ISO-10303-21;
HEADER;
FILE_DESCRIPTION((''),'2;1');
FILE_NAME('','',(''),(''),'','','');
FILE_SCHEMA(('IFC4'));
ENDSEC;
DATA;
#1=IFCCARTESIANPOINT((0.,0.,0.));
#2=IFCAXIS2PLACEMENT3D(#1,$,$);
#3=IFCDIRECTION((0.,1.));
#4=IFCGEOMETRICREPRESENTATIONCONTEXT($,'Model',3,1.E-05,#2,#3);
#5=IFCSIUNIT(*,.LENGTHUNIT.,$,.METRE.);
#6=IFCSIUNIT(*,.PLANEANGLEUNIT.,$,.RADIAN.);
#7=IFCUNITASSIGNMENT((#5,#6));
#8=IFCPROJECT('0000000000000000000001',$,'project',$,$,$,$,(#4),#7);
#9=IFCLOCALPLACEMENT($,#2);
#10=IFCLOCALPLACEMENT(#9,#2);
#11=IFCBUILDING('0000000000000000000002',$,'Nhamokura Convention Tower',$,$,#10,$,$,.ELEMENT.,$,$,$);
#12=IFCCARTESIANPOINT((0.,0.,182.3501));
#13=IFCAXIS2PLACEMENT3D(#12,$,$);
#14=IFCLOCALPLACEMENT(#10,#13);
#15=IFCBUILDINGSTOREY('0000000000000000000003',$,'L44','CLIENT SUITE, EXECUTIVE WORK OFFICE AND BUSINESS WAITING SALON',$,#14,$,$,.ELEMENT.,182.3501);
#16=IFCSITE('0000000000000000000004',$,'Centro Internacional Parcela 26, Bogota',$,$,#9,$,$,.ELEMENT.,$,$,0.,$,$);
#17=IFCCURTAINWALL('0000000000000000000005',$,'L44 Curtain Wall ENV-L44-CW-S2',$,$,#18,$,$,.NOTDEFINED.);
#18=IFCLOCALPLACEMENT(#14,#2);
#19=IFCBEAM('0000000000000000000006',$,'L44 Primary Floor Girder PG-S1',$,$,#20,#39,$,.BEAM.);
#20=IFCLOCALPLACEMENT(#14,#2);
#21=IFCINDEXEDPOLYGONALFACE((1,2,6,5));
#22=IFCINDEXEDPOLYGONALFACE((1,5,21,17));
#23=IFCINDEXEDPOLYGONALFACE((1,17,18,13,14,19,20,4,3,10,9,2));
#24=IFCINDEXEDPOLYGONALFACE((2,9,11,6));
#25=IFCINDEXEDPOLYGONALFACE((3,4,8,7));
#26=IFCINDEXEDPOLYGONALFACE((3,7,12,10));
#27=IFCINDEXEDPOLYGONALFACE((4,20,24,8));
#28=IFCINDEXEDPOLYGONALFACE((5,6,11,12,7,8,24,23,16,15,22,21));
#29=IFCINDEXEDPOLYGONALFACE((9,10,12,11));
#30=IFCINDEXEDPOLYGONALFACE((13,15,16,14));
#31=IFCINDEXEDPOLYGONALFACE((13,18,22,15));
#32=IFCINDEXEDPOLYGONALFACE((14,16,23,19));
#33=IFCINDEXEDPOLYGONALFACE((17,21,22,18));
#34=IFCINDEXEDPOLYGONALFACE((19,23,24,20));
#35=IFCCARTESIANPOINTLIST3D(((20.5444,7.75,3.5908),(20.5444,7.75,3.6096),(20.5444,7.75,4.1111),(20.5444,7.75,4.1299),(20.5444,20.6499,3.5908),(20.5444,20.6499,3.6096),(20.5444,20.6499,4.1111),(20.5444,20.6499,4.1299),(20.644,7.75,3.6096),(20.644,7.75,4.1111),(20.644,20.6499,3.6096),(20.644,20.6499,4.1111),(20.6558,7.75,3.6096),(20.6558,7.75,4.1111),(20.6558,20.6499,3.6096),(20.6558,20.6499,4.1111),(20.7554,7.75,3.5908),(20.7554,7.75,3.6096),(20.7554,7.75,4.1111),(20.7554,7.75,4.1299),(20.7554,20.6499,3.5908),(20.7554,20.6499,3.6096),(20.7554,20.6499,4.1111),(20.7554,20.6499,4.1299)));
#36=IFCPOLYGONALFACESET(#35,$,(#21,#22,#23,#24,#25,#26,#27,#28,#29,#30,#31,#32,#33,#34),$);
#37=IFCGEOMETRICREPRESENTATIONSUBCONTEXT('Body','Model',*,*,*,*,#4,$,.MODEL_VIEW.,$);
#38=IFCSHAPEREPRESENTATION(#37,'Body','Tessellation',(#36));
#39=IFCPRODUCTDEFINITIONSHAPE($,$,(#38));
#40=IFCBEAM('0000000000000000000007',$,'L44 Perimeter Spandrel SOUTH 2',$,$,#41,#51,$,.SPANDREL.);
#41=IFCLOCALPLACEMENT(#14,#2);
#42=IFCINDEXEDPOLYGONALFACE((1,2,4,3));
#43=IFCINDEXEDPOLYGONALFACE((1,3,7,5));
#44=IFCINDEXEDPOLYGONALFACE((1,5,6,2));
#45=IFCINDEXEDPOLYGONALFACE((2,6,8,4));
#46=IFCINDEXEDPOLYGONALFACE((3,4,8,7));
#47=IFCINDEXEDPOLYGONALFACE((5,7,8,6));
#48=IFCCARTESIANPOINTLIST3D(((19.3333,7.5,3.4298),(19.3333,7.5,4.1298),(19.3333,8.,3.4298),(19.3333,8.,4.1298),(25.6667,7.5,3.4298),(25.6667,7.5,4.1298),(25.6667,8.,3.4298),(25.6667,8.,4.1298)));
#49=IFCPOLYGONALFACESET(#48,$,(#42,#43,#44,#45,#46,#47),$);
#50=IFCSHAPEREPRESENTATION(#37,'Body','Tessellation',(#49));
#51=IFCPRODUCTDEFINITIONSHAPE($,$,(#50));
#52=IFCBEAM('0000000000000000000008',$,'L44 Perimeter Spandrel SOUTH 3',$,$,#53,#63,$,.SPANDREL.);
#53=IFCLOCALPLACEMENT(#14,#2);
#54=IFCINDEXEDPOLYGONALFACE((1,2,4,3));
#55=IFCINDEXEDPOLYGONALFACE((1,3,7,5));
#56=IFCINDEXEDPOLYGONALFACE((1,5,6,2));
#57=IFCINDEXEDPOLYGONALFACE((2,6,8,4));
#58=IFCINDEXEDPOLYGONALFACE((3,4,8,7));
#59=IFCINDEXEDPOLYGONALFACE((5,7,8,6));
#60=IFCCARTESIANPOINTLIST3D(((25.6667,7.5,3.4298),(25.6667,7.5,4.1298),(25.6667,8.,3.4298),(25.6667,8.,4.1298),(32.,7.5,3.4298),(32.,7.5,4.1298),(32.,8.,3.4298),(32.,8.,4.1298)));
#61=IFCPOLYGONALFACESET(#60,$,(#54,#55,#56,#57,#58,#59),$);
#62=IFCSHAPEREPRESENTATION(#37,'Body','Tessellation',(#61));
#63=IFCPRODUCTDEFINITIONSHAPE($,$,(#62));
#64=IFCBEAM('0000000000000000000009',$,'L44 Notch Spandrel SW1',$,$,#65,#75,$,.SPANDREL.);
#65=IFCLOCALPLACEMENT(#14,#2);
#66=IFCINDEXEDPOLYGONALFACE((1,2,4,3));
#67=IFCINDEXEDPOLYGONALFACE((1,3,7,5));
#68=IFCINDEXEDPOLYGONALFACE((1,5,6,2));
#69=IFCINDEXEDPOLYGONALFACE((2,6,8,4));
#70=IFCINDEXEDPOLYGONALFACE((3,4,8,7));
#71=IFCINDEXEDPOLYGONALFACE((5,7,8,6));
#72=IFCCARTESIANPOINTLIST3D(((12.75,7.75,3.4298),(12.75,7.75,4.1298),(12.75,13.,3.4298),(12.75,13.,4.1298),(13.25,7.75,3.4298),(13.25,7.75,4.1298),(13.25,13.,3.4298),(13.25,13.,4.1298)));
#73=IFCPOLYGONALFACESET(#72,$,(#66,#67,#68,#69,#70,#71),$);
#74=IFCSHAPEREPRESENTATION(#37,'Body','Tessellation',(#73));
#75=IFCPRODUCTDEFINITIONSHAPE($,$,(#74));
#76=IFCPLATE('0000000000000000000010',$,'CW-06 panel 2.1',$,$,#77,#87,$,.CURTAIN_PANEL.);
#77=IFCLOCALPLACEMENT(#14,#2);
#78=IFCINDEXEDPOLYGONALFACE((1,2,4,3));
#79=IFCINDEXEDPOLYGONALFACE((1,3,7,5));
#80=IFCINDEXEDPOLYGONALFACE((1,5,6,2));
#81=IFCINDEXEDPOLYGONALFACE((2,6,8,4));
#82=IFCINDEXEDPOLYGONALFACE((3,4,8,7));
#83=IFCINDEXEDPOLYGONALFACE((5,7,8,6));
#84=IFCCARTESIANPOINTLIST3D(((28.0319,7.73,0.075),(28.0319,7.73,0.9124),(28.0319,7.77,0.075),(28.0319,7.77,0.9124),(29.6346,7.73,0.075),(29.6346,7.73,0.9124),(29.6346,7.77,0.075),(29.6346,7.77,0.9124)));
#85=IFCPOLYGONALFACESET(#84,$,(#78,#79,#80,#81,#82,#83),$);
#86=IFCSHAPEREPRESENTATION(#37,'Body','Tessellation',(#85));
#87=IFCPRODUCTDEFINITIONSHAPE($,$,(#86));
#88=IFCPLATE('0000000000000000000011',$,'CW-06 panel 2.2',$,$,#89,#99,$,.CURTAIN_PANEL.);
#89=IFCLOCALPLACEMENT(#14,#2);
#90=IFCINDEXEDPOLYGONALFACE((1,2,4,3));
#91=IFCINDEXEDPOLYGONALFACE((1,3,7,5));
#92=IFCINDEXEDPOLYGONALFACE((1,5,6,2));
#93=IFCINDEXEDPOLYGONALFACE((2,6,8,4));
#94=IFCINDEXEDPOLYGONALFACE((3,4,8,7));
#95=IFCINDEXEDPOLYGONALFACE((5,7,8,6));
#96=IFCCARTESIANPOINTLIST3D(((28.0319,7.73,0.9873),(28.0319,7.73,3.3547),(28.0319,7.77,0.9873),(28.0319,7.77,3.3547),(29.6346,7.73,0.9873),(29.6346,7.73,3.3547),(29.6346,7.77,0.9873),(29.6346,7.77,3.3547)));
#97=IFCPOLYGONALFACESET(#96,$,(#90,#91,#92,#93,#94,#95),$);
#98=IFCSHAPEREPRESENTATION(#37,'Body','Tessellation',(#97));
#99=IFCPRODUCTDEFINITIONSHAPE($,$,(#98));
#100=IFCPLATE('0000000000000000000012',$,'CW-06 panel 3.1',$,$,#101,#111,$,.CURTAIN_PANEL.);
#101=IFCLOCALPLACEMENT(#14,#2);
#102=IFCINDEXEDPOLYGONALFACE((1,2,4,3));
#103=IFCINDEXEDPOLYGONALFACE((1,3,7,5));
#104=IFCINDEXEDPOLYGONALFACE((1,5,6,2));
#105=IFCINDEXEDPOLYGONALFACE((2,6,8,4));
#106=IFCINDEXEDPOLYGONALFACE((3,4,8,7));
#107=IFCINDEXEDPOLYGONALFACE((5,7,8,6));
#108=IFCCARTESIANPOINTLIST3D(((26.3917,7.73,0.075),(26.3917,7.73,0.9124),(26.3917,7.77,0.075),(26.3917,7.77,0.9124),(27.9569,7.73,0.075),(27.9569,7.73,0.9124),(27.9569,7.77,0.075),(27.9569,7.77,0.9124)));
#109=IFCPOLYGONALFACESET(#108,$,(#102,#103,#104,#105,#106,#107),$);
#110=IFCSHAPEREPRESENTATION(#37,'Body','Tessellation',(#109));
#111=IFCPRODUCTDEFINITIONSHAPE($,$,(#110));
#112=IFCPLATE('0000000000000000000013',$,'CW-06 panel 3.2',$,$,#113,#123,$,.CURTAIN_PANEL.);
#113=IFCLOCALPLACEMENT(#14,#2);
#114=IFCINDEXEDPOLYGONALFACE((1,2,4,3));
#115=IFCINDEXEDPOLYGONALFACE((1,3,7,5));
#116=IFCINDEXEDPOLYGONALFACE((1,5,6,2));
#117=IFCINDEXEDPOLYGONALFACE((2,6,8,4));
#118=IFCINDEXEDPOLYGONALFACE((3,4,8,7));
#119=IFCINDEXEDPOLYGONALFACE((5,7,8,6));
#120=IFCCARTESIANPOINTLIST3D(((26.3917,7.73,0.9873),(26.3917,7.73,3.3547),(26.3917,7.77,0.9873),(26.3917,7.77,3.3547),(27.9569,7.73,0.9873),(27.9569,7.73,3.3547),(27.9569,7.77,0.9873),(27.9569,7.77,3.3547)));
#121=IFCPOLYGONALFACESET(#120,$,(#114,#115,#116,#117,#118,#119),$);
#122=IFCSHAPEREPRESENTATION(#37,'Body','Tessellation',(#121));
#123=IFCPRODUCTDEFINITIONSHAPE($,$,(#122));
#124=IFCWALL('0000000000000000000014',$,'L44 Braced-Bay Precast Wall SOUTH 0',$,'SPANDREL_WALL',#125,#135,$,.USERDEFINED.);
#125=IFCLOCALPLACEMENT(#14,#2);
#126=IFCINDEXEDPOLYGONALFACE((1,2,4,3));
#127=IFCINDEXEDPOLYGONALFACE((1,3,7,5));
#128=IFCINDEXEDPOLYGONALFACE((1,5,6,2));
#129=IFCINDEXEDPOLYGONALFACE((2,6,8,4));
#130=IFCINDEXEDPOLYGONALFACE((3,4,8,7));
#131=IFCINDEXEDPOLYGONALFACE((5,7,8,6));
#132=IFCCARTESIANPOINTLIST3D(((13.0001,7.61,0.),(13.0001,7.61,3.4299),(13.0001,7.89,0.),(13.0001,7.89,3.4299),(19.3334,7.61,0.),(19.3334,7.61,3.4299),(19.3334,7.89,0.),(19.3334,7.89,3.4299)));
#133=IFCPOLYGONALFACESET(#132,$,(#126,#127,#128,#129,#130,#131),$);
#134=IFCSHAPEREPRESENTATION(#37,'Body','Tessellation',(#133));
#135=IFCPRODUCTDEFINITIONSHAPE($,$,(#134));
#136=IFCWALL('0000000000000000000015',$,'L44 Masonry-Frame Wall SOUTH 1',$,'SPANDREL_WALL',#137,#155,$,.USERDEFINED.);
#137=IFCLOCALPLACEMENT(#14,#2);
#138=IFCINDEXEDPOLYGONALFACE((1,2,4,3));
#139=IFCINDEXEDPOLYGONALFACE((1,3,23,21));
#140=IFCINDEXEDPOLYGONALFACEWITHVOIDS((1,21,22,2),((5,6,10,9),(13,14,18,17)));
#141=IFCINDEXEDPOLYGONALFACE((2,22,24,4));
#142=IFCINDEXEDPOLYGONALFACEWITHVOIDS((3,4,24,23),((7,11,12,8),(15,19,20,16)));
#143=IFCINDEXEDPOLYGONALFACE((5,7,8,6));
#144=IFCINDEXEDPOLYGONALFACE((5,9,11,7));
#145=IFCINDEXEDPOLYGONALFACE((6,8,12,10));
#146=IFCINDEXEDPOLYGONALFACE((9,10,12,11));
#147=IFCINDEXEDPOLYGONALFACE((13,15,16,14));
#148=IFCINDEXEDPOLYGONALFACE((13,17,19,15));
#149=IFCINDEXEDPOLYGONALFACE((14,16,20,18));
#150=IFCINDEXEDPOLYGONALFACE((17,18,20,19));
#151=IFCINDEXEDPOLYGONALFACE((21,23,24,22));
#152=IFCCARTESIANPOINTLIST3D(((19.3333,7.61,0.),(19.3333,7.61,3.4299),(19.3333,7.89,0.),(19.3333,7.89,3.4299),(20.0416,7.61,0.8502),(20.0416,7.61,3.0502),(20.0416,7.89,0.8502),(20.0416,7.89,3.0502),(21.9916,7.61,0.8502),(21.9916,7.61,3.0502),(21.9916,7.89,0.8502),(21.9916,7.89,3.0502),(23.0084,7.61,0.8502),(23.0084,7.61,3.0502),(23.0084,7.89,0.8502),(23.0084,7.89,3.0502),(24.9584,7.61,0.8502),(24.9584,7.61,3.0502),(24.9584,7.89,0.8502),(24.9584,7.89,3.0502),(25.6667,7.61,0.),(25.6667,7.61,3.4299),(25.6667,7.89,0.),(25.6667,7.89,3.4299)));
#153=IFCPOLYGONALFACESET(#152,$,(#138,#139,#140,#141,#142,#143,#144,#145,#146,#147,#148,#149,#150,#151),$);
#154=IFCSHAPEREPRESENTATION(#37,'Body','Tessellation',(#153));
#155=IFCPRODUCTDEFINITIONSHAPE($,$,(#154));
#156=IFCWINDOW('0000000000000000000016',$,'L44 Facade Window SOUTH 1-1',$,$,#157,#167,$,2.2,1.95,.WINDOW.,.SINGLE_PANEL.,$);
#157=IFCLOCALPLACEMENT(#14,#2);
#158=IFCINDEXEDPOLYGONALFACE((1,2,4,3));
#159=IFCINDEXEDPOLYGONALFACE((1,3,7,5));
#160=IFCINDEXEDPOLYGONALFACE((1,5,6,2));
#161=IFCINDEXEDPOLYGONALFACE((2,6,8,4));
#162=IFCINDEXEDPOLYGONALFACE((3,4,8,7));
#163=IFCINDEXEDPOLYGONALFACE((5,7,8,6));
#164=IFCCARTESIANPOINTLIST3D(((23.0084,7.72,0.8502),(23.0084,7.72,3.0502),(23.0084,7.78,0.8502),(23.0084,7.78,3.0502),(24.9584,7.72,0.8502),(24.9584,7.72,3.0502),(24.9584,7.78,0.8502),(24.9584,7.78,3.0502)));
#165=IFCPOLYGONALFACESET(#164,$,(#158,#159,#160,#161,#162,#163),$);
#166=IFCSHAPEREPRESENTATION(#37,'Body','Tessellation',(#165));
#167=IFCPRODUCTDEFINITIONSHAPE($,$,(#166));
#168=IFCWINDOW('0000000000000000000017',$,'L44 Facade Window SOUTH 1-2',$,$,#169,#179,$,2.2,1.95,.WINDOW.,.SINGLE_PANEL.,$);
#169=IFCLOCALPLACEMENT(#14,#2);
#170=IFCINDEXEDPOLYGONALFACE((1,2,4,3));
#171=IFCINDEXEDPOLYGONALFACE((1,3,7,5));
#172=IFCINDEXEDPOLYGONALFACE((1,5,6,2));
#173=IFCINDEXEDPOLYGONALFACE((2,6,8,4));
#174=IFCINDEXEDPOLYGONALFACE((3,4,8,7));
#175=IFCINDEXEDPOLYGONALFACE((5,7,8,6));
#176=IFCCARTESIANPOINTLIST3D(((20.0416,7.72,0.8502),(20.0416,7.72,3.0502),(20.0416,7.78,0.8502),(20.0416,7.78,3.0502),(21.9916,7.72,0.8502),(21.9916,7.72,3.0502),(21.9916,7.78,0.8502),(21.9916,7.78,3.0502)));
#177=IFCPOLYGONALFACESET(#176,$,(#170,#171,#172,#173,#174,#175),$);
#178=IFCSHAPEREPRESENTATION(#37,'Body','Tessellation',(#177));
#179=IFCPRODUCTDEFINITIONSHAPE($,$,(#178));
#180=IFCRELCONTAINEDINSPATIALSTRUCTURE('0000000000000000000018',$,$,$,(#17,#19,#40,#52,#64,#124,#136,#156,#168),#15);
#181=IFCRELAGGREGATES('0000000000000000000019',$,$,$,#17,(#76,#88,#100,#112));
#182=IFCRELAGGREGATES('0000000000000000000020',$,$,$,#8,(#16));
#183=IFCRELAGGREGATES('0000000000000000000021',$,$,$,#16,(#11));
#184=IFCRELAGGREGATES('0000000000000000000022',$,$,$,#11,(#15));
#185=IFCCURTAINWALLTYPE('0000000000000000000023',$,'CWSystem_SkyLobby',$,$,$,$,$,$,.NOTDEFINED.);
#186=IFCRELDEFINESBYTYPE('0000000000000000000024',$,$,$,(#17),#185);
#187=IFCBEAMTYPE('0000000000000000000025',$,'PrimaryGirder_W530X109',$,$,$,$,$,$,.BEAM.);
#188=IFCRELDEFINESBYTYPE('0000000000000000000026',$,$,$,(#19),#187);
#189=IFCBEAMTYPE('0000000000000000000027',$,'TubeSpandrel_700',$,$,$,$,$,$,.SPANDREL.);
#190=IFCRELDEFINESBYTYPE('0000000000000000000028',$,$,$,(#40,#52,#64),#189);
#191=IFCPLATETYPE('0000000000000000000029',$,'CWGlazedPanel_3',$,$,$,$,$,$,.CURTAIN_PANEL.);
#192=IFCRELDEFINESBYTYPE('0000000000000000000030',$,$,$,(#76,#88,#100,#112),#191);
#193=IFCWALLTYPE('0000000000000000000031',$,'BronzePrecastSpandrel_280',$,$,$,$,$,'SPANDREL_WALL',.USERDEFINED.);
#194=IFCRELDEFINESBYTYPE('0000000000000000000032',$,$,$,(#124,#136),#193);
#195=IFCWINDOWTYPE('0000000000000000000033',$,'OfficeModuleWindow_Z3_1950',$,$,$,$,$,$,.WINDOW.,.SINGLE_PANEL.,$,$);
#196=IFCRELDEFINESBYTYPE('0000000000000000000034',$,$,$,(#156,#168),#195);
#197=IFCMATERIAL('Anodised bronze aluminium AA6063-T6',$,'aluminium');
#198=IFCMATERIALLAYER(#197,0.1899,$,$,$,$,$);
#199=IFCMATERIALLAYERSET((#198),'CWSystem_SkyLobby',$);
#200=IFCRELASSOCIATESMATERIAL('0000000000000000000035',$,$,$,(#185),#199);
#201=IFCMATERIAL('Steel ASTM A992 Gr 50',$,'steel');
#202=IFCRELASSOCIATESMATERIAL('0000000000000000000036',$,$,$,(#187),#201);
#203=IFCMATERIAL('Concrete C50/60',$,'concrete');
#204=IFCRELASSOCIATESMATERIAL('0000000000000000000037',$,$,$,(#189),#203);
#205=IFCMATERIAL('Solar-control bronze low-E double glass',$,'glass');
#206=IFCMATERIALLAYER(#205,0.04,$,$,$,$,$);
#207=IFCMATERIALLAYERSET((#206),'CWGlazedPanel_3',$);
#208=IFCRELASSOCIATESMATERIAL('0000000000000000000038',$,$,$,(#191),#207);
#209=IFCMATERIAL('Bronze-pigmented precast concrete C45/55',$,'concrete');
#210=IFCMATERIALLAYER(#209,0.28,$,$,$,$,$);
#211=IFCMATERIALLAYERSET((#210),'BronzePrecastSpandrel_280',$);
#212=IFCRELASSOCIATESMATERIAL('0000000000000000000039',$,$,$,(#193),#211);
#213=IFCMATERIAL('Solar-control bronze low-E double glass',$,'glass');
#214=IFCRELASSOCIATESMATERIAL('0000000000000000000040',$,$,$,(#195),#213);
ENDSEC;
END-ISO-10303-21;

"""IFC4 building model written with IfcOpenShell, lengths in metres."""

from ifc_helpers import new_model, si_unit, direction, frame, frame_2d, origin, origin_2d, place, context, subcontext, project, spatial, rectangle, i_section, extrude, material, layer, layer_set, material_profile, profile_set, type_object, element, fill, aggregate, save


model = new_model("IFC4")

# Units and contexts
model_context = context("Model", 3, precision=1e-05, world=origin(), true_north=direction((0.0, 1.0)))
body_context = subcontext(model_context, "Body", "Model", "MODEL_VIEW")
ifc_project = project(units=[si_unit("LENGTHUNIT", "METRE"), si_unit("PLANEANGLEUNIT", "RADIAN")], contexts=[model_context])

# Site, building, storey
site_placement = place(None, origin())
site = spatial("IfcSite", under=ifc_project, at=site_placement, Name="Centro Internacional Parcela 26, Bogota", CompositionType="ELEMENT", RefElevation=0.0)
building_placement = place(site_placement, origin())
building = spatial("IfcBuilding", under=site, at=building_placement, Name="Nhamokura Convention Tower", CompositionType="ELEMENT")
storey_placement = place(building_placement, frame((0.0, 0.0, 182.3501)))
storey = spatial("IfcBuildingStorey", under=building, at=storey_placement, Name="L44", Description="CLIENT SUITE, EXECUTIVE WORK OFFICE AND BUSINESS WAITING SALON", CompositionType="ELEMENT", Elevation=182.3501)

# Curtain wall
ifc_material_1 = material(Name="Anodised bronze aluminium AA6063-T6", Category="aluminium")
ifc_layer_1 = layer(ifc_material_1, 0.1899)
ifc_layer_set_1 = layer_set([ifc_layer_1], Name="CWSystem_SkyLobby")
curtain_wall_type = type_object("IfcCurtainWallType", Name="CWSystem_SkyLobby", PredefinedType="NOTDEFINED", material=ifc_layer_set_1)
curtain_wall_placement = place(storey_placement, origin())
curtain_wall = element("IfcCurtainWall", 1, at=curtain_wall_placement, inside=storey, type_object=curtain_wall_type, Name="L44 Curtain Wall ENV-L44-CW-S2", PredefinedType="NOTDEFINED")

# Beams
ifc_material_2 = material(Name="Steel ASTM A992 Gr 50", Category="steel")
ifc_material_profile_1 = material_profile(ifc_material_2, i_section(OverallWidth=0.2109, OverallDepth=0.5391, WebThickness=0.0117, FlangeThickness=0.0188, at=origin_2d()))
ifc_profile_set_1 = profile_set([ifc_material_profile_1], Name="Steel ASTM A992 Gr 50")
beam_type_1 = type_object("IfcBeamType", Name="PrimaryGirder_W530X109", PredefinedType="BEAM", material=ifc_profile_set_1)
beam_1_placement = place(storey_placement, frame((20.6499, 7.75, 3.8604), z_axis=(0.0, 1.0, 0.0), x_axis=(-1.0, 0.0, 0.0)))
element("IfcBeam", 2, at=beam_1_placement, inside=storey, type_object=beam_type_1, Name="L44 Primary Floor Girder PG-S1", PredefinedType="BEAM", context=body_context, shape_type="SweptSolid", body=[
    extrude(i_section(OverallWidth=0.2109, OverallDepth=0.5391, WebThickness=0.0117, FlangeThickness=0.0188, at=origin_2d()), origin(), (0.0, 0.0, 1.0), 12.8999),
])
ifc_material_3 = material(Name="Concrete C50/60", Category="concrete")
ifc_material_profile_2 = material_profile(ifc_material_3, rectangle(XDim=0.5, YDim=0.7, at=origin_2d()))
ifc_profile_set_2 = profile_set([ifc_material_profile_2], Name="Concrete C50/60")
beam_type_2 = type_object("IfcBeamType", Name="TubeSpandrel_700", PredefinedType="SPANDREL", material=ifc_profile_set_2)
beam_2_placement = place(storey_placement, frame((19.3333, 7.75, 3.7798), z_axis=(1.0, 0.0, 0.0), x_axis=(0.0, 1.0, 0.0)))
element("IfcBeam", 3, at=beam_2_placement, inside=storey, type_object=beam_type_2, Name="L44 Perimeter Spandrel SOUTH 2", PredefinedType="SPANDREL", context=body_context, shape_type="SweptSolid", body=[
    extrude(rectangle(XDim=0.5, YDim=0.7, at=origin_2d()), origin(), (0.0, 0.0, 1.0), 6.3335),
])
beam_3_placement = place(storey_placement, frame((25.6667, 7.75, 3.7798), z_axis=(1.0, 0.0, 0.0), x_axis=(0.0, 1.0, 0.0)))
element("IfcBeam", 4, at=beam_3_placement, inside=storey, type_object=beam_type_2, Name="L44 Perimeter Spandrel SOUTH 3", PredefinedType="SPANDREL", context=body_context, shape_type="SweptSolid", body=[
    extrude(rectangle(XDim=0.5, YDim=0.7, at=origin_2d()), origin(), (0.0, 0.0, 1.0), 6.3333),
])
beam_4_placement = place(storey_placement, frame((13.0, 7.75, 3.7798), z_axis=(0.0, 1.0, 0.0), x_axis=(-1.0, 0.0, 0.0)))
element("IfcBeam", 5, at=beam_4_placement, inside=storey, type_object=beam_type_2, Name="L44 Notch Spandrel SW1", PredefinedType="SPANDREL", context=body_context, shape_type="SweptSolid", body=[
    extrude(rectangle(XDim=0.5, YDim=0.7, at=origin_2d()), origin(), (0.0, 0.0, 1.0), 5.25),
])

# Plates
ifc_material_4 = material(Name="Solar-control bronze low-E double glass", Category="glass")
ifc_layer_2 = layer(ifc_material_4, 0.04)
ifc_layer_set_2 = layer_set([ifc_layer_2], Name="CWGlazedPanel_3")
plate_type = type_object("IfcPlateType", Name="CWGlazedPanel_3", PredefinedType="CURTAIN_PANEL", material=ifc_layer_set_2)
plate_1_placement = place(storey_placement, frame((28.8333, 7.75, 0.075), z_axis=(0.0, 0.0, 1.0), x_axis=(-1.0, 0.0, 0.0)))
plate_1 = element("IfcPlate", 6, at=plate_1_placement, type_object=plate_type, Name="CW-06 panel 2.1", PredefinedType="CURTAIN_PANEL", context=body_context, shape_type="SweptSolid", body=[
    extrude(rectangle(XDim=1.6028, YDim=0.04, at=origin_2d()), origin(), (0.0, 0.0, 1.0), 0.8374),
])
plate_2_placement = place(storey_placement, frame((28.8333, 7.75, 0.9873), z_axis=(0.0, 0.0, 1.0), x_axis=(-1.0, 0.0, 0.0)))
plate_2 = element("IfcPlate", 7, at=plate_2_placement, type_object=plate_type, Name="CW-06 panel 2.2", PredefinedType="CURTAIN_PANEL", context=body_context, shape_type="SweptSolid", body=[
    extrude(rectangle(XDim=1.6028, YDim=0.04, at=origin_2d()), origin(), (0.0, 0.0, 1.0), 2.3674),
])
plate_3_placement = place(storey_placement, frame((27.1743, 7.75, 0.075), z_axis=(0.0, 0.0, 1.0), x_axis=(-1.0, 0.0, 0.0)))
plate_3 = element("IfcPlate", 8, at=plate_3_placement, type_object=plate_type, Name="CW-06 panel 3.1", PredefinedType="CURTAIN_PANEL", context=body_context, shape_type="SweptSolid", body=[
    extrude(rectangle(XDim=1.5652, YDim=0.04, at=origin_2d()), origin(), (0.0, 0.0, 1.0), 0.8374),
])
plate_4_placement = place(storey_placement, frame((27.1743, 7.75, 0.9873), z_axis=(0.0, 0.0, 1.0), x_axis=(-1.0, 0.0, 0.0)))
plate_4 = element("IfcPlate", 9, at=plate_4_placement, type_object=plate_type, Name="CW-06 panel 3.2", PredefinedType="CURTAIN_PANEL", context=body_context, shape_type="SweptSolid", body=[
    extrude(rectangle(XDim=1.5652, YDim=0.04, at=origin_2d()), origin(), (0.0, 0.0, 1.0), 2.3674),
])
aggregate(curtain_wall, [plate_1, plate_2, plate_3, plate_4])

# Wall
ifc_material_5 = material(Name="Bronze-pigmented precast concrete C45/55", Category="concrete")
ifc_layer_3 = layer(ifc_material_5, 0.28)
ifc_layer_set_3 = layer_set([ifc_layer_3], Name="BronzePrecastSpandrel_280")
wall_type_1 = type_object("IfcWallType", Name="BronzePrecastSpandrel_280", ElementType="SPANDREL_WALL", PredefinedType="USERDEFINED", material=ifc_layer_set_3)
wall_1_placement = place(storey_placement, frame((19.3333, 7.75, 0.0), z_axis=(0.0, 0.0, 1.0), x_axis=(-1.0, 0.0, 0.0)))
element("IfcWall", 10, at=wall_1_placement, inside=storey, type_object=wall_type_1, Name="L44 Braced-Bay Precast Wall SOUTH 0", ObjectType="SPANDREL_WALL", PredefinedType="USERDEFINED", context=body_context, shape_type="SweptSolid", body=[
    extrude(rectangle(XDim=6.3333, YDim=0.28, at=frame_2d((3.1665, 0.0))), origin(), (0.0, 0.0, 1.0), 3.4299),
])

# Wall, openings, windows
wall_2_placement = place(storey_placement, frame((25.6667, 7.75, 0.0), z_axis=(0.0, 0.0, 1.0), x_axis=(-1.0, 0.0, 0.0)))
wall_2 = element("IfcWall", 11, at=wall_2_placement, inside=storey, type_object=wall_type_1, Name="L44 Masonry-Frame Wall SOUTH 1", ObjectType="SPANDREL_WALL", PredefinedType="USERDEFINED", context=body_context, shape_type="SweptSolid", body=[
    extrude(rectangle(XDim=6.3335, YDim=0.28, at=frame_2d((3.1667, 0.0))), origin(), (0.0, 0.0, 1.0), 3.4299),
])
opening_1_placement = place(wall_2_placement, frame((0.7083, 0.0, 0.8501)))
opening_1 = element("IfcOpeningElement", 12, at=opening_1_placement, cuts=wall_2, PredefinedType="OPENING", context=body_context, shape_type="SweptSolid", body=[
    extrude(rectangle(XDim=1.95, YDim=2.2, at=frame_2d((0.9751, 1.1001))), frame((0.0, 0.1499, 0.0), z_axis=(0.0, -1.0, 0.0), x_axis=(1.0, 0.0, 0.0)), (0.0, 0.0, 1.0), 0.3),
])
opening_2_placement = place(wall_2_placement, frame((3.675, 0.0, 0.8501)))
opening_2 = element("IfcOpeningElement", 13, at=opening_2_placement, cuts=wall_2, PredefinedType="OPENING", context=body_context, shape_type="SweptSolid", body=[
    extrude(rectangle(XDim=1.95, YDim=2.2, at=frame_2d((0.9751, 1.1001))), frame((0.0, 0.1499, 0.0), z_axis=(0.0, -1.0, 0.0), x_axis=(1.0, 0.0, 0.0)), (0.0, 0.0, 1.0), 0.3),
])
ifc_material_6 = material(Name="Solar-control bronze low-E double glass", Category="glass")
window_type_1 = type_object("IfcWindowType", Name="OfficeModuleWindow_Z3_1950", PartitioningType="SINGLE_PANEL", PredefinedType="WINDOW", material=ifc_material_6)
window_1_placement = place(opening_1_placement, origin())
window_1 = element("IfcWindow", 14, at=window_1_placement, inside=storey, type_object=window_type_1, Name="L44 Facade Window SOUTH 1-1", OverallHeight=2.2, OverallWidth=1.95, PartitioningType="SINGLE_PANEL", PredefinedType="WINDOW", context=body_context, shape_type="SweptSolid", body=[
    extrude(rectangle(XDim=1.95, YDim=2.2, at=frame_2d((0.9751, 1.1001))), frame((0.0, 0.03, 0.0), z_axis=(0.0, -1.0, 0.0), x_axis=(1.0, 0.0, 0.0)), (0.0, 0.0, 1.0), 0.0601),
])
fill(opening_1, window_1)
window_2_placement = place(opening_2_placement, origin())
window_2 = element("IfcWindow", 15, at=window_2_placement, inside=storey, type_object=window_type_1, Name="L44 Facade Window SOUTH 1-2", OverallHeight=2.2, OverallWidth=1.95, PartitioningType="SINGLE_PANEL", PredefinedType="WINDOW", context=body_context, shape_type="SweptSolid", body=[
    extrude(rectangle(XDim=1.95, YDim=2.2, at=frame_2d((0.9751, 1.1001))), frame((0.0, 0.03, 0.0), z_axis=(0.0, -1.0, 0.0), x_axis=(1.0, 0.0, 0.0)), (0.0, 0.0, 1.0), 0.0601),
])
fill(opening_2, window_2)

save(model, "model.ifc")
